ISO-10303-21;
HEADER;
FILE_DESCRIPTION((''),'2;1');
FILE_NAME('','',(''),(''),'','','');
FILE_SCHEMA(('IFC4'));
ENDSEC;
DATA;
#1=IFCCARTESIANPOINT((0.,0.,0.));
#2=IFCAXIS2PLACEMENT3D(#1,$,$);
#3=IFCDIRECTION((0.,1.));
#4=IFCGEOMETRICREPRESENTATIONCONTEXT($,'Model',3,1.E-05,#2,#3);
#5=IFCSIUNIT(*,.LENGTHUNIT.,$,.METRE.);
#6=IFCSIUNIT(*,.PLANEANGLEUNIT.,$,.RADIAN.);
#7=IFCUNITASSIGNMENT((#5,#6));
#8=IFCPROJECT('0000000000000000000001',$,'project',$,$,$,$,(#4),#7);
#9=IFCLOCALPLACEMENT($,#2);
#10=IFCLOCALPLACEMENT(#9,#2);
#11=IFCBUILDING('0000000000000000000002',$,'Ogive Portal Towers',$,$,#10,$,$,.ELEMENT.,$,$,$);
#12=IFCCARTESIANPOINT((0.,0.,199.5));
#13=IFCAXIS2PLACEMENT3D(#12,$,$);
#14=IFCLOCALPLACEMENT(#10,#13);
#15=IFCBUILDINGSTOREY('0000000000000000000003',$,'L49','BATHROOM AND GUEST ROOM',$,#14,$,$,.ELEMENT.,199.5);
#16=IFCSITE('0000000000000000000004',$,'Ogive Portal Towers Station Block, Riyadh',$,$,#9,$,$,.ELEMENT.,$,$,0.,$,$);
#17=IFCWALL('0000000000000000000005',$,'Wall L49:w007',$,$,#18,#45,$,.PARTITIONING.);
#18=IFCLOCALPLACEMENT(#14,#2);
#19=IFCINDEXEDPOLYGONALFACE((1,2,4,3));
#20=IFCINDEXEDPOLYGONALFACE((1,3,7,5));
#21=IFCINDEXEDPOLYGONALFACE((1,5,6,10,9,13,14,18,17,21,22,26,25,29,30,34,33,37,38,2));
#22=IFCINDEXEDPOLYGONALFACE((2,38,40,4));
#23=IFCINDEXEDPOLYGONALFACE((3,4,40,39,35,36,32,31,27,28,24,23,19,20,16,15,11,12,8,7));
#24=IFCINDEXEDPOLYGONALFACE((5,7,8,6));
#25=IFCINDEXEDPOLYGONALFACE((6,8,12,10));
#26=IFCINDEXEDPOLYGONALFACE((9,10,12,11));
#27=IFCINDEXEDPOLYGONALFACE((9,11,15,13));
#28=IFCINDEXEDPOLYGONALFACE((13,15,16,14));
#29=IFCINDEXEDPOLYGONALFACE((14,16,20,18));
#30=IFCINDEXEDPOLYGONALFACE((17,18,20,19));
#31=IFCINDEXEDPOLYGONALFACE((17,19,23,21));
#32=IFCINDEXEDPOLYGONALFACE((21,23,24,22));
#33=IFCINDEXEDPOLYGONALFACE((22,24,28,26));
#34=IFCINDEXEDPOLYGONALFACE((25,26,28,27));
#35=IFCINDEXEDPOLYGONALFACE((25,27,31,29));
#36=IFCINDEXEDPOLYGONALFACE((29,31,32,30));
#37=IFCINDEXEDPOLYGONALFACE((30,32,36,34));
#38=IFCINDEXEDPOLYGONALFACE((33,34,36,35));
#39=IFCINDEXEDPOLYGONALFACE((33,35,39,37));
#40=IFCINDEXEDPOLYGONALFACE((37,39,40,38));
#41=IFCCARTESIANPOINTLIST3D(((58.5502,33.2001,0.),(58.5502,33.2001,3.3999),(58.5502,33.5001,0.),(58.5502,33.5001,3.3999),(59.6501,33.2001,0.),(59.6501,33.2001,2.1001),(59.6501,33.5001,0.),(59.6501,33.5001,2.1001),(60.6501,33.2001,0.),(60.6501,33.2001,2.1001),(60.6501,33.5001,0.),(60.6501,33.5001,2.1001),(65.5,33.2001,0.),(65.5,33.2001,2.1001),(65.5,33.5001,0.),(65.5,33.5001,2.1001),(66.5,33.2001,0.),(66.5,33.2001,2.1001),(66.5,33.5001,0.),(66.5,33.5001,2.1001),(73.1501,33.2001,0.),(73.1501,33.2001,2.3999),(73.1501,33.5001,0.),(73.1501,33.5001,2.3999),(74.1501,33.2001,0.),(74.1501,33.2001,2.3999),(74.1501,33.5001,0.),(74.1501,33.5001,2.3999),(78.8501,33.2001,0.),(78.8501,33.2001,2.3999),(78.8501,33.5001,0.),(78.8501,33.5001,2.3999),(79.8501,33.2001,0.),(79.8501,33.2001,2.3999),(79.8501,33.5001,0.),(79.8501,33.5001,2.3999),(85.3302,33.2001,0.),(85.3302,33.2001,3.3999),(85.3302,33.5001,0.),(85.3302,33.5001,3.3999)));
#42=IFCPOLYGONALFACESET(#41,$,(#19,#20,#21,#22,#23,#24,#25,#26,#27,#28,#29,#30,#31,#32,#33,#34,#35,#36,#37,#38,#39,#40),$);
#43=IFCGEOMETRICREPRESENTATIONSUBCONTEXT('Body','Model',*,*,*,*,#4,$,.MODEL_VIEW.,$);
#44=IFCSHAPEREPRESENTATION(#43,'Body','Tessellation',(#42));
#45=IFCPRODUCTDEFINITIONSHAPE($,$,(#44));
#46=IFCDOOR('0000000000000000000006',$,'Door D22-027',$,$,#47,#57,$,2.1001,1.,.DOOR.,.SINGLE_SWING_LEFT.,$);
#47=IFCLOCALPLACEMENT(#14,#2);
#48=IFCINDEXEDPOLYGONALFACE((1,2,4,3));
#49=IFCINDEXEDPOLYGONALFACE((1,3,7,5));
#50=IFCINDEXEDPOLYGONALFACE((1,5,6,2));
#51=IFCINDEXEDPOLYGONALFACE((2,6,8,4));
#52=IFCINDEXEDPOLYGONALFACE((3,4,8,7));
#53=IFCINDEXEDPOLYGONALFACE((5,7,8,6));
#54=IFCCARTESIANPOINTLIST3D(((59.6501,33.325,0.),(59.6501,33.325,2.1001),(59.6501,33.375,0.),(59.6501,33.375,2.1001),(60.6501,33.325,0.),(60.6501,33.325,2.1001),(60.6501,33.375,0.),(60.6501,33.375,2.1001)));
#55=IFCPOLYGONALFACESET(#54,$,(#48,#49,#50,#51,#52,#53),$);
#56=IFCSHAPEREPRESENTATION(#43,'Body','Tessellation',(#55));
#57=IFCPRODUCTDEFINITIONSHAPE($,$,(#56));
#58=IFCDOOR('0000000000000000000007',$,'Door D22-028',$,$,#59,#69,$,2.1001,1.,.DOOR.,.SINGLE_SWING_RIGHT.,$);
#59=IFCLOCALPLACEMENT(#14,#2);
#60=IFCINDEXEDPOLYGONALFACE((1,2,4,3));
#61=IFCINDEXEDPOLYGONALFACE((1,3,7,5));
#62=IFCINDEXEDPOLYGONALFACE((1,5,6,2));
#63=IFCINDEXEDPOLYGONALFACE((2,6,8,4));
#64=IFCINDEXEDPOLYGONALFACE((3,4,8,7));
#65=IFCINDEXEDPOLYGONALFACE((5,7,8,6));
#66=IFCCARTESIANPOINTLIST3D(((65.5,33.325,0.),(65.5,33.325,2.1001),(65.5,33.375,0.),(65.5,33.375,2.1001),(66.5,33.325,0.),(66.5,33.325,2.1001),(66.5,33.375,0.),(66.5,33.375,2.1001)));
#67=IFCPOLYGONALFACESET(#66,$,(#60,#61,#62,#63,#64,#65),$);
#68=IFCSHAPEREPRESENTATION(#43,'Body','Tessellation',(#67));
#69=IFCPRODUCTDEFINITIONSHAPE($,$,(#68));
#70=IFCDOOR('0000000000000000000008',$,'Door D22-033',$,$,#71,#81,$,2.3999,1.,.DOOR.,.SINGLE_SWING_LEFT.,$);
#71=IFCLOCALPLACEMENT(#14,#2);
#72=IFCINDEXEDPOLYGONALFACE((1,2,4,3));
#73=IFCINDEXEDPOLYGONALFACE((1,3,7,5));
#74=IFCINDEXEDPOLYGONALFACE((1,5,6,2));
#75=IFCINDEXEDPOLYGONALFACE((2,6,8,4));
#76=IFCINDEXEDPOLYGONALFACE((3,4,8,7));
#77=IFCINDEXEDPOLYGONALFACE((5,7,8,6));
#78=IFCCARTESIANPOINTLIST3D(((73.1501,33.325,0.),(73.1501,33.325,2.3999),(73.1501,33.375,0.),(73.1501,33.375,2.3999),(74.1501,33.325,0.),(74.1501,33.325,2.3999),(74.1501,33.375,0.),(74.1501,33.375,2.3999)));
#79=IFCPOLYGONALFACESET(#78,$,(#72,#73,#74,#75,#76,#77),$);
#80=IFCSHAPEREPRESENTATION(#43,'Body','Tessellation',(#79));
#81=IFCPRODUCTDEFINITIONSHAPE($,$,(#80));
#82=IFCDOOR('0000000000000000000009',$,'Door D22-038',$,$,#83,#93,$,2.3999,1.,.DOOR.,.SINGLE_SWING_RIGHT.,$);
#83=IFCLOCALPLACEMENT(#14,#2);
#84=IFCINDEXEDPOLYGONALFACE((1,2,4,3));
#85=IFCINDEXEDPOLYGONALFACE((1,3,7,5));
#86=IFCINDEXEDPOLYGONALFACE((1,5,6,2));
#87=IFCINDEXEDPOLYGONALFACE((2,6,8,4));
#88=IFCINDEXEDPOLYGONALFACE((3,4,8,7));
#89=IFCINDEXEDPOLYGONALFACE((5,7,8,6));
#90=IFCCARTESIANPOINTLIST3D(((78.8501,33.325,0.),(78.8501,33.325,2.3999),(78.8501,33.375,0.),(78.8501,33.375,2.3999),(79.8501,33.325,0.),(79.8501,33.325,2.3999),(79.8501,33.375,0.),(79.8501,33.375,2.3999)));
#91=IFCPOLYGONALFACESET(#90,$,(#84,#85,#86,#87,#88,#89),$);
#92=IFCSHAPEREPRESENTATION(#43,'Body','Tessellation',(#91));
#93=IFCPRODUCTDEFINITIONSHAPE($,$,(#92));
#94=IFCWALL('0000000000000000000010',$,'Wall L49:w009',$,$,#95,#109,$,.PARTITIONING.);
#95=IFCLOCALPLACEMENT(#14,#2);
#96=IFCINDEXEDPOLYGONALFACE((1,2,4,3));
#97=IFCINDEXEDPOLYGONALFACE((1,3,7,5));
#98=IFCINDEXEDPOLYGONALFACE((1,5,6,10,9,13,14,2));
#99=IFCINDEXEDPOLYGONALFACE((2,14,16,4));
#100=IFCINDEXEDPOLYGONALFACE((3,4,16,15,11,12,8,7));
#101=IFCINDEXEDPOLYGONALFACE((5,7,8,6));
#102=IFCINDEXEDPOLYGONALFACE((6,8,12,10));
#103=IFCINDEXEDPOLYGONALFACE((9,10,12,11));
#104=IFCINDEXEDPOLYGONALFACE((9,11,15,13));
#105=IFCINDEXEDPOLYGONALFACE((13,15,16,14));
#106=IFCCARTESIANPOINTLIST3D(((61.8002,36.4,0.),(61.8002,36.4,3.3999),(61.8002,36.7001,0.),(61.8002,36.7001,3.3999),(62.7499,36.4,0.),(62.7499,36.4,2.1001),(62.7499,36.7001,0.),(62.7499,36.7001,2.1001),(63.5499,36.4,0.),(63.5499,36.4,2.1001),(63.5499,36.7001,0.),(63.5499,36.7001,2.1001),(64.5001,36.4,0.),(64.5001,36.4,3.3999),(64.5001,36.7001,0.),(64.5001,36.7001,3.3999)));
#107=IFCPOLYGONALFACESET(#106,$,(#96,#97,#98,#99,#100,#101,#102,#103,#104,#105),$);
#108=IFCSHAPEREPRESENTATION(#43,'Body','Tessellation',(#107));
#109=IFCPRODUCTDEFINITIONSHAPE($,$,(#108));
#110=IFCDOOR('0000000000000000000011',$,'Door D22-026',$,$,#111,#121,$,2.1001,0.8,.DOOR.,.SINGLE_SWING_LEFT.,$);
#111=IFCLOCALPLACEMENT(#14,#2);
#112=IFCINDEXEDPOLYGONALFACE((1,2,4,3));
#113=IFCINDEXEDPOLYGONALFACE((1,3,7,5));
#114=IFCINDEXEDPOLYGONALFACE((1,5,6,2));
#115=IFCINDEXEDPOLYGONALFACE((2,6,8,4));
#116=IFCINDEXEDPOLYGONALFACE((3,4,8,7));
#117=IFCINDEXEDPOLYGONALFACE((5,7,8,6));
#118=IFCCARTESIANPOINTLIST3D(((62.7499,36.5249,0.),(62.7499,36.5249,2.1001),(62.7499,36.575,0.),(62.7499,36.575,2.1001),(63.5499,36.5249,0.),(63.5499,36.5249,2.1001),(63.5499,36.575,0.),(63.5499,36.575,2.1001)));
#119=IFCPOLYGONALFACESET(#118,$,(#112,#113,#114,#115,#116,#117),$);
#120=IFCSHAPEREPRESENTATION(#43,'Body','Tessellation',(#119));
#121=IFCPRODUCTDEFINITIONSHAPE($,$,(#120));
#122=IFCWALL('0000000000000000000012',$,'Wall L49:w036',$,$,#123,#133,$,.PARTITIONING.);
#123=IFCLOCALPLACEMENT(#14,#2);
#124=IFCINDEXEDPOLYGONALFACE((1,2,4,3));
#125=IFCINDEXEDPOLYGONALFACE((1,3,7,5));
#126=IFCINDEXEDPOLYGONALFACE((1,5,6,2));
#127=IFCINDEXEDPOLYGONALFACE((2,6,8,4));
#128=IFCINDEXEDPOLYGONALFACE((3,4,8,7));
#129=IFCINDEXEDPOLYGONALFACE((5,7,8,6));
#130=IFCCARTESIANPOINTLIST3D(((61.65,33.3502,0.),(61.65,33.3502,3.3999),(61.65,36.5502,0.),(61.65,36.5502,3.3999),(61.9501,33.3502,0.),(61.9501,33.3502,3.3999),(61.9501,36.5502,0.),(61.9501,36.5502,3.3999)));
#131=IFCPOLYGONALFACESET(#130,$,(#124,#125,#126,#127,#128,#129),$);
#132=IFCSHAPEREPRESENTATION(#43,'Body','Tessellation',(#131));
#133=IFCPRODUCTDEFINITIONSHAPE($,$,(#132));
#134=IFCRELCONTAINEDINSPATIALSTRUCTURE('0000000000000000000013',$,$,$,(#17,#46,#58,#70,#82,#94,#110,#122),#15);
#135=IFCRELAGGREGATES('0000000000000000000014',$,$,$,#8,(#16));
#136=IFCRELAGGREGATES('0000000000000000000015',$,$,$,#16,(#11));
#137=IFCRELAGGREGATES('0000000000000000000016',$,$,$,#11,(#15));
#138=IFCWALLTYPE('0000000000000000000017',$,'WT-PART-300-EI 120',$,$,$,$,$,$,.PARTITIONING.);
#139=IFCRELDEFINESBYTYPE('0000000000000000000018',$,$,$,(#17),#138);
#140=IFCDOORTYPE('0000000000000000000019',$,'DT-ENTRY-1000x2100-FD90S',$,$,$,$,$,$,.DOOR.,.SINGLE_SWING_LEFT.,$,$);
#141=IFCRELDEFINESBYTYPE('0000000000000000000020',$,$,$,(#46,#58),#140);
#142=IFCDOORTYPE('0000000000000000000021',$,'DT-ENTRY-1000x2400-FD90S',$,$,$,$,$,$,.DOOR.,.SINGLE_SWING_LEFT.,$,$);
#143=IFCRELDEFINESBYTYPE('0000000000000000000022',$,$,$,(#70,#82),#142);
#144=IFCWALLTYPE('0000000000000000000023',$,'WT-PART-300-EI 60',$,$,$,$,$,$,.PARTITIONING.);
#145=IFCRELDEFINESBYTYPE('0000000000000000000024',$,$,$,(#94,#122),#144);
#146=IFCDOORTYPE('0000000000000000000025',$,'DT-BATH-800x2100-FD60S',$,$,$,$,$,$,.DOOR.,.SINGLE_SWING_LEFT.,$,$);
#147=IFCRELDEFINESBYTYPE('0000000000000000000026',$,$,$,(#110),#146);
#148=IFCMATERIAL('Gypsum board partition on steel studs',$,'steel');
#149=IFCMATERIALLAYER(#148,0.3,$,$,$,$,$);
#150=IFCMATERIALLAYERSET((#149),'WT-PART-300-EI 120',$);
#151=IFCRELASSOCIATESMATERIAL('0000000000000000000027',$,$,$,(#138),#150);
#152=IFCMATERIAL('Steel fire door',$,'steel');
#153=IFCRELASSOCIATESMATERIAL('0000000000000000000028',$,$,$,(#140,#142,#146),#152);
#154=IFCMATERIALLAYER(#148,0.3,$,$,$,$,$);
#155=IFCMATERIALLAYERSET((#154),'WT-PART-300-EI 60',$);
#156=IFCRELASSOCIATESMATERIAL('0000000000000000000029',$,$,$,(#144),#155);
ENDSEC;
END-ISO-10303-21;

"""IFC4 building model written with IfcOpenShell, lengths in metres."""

from ifc_helpers import new_model, si_unit, direction, frame, frame_2d, origin, place, context, subcontext, project, spatial, rectangle, extrude, material, layer, layer_set, type_object, element, fill, save


model = new_model("IFC4")

# Units and contexts
model_context = context("Model", 3, precision=1e-05, world=origin(), true_north=direction((0.0, 1.0)))
body_context = subcontext(model_context, "Body", "Model", "MODEL_VIEW")
ifc_project = project(units=[si_unit("LENGTHUNIT", "METRE"), si_unit("PLANEANGLEUNIT", "RADIAN")], contexts=[model_context])

# Site, building, storey
site_placement = place(None, origin())
site = spatial("IfcSite", under=ifc_project, at=site_placement, Name="Ogive Portal Towers Station Block, Riyadh", CompositionType="ELEMENT", RefElevation=0.0)
building_placement = place(site_placement, origin())
building = spatial("IfcBuilding", under=site, at=building_placement, Name="Ogive Portal Towers", CompositionType="ELEMENT")
storey_placement = place(building_placement, frame((0.0, 0.0, 199.5)))
storey = spatial("IfcBuildingStorey", under=building, at=storey_placement, Name="L49", Description="BATHROOM AND GUEST ROOM", CompositionType="ELEMENT", Elevation=199.5)

# Wall, openings, doors
ifc_material_1 = material(Name="Gypsum board partition on steel studs", Category="steel")
ifc_layer_1 = layer(ifc_material_1, 0.3)
ifc_layer_set_1 = layer_set([ifc_layer_1], Name="WT-PART-300-EI 120")
wall_type_1 = type_object("IfcWallType", Name="WT-PART-300-EI 120", PredefinedType="PARTITIONING", material=ifc_layer_set_1)
wall_1_placement = place(storey_placement, frame((58.55, 33.3501, 0.0), z_axis=(0.0, 0.0, 1.0), x_axis=(1.0, 0.0, 0.0)))
wall_1 = element("IfcWall", 1, at=wall_1_placement, inside=storey, type_object=wall_type_1, Name="Wall L49:w007", PredefinedType="PARTITIONING", context=body_context, shape_type="SweptSolid", body=[
    extrude(rectangle(XDim=26.78, YDim=0.3, at=frame_2d((13.3901, 0.0))), origin(), (0.0, 0.0, 1.0), 3.3999),
])
opening_1_placement = place(wall_1_placement, frame((1.1001, 0.0, 0.0)))
opening_1 = element("IfcOpeningElement", 2, at=opening_1_placement, cuts=wall_1, PredefinedType="OPENING", context=body_context, shape_type="SweptSolid", body=[
    extrude(rectangle(XDim=1.0, YDim=2.1001, at=frame_2d((0.5, 1.05))), frame((0.0, 0.1602, 0.0), z_axis=(0.0, -1.0, 0.0), x_axis=(1.0, 0.0, 0.0)), (0.0, 0.0, 1.0), 0.3201),
])
opening_2_placement = place(wall_1_placement, frame((6.95, 0.0, 0.0)))
opening_2 = element("IfcOpeningElement", 3, at=opening_2_placement, cuts=wall_1, PredefinedType="OPENING", context=body_context, shape_type="SweptSolid", body=[
    extrude(rectangle(XDim=1.0, YDim=2.1001, at=frame_2d((0.5, 1.05))), frame((0.0, 0.1602, 0.0), z_axis=(0.0, -1.0, 0.0), x_axis=(1.0, 0.0, 0.0)), (0.0, 0.0, 1.0), 0.3201),
])
opening_3_placement = place(wall_1_placement, frame((14.6001, 0.0, 0.0)))
opening_3 = element("IfcOpeningElement", 4, at=opening_3_placement, cuts=wall_1, PredefinedType="OPENING", context=body_context, shape_type="SweptSolid", body=[
    extrude(rectangle(XDim=1.0, YDim=2.3999, at=frame_2d((0.5, 1.2))), frame((0.0, 0.1602, 0.0), z_axis=(0.0, -1.0, 0.0), x_axis=(1.0, 0.0, 0.0)), (0.0, 0.0, 1.0), 0.3201),
])
opening_4_placement = place(wall_1_placement, frame((20.3, 0.0, 0.0)))
opening_4 = element("IfcOpeningElement", 5, at=opening_4_placement, cuts=wall_1, PredefinedType="OPENING", context=body_context, shape_type="SweptSolid", body=[
    extrude(rectangle(XDim=1.0, YDim=2.3999, at=frame_2d((0.5, 1.2))), frame((0.0, 0.1602, 0.0), z_axis=(0.0, -1.0, 0.0), x_axis=(1.0, 0.0, 0.0)), (0.0, 0.0, 1.0), 0.3201),
])
ifc_material_2 = material(Name="Steel fire door", Category="steel")
door_type_1 = type_object("IfcDoorType", Name="DT-ENTRY-1000x2100-FD90S", OperationType="SINGLE_SWING_LEFT", PredefinedType="DOOR", material=ifc_material_2)
door_1_placement = place(opening_1_placement, origin())
door_1 = element("IfcDoor", 6, at=door_1_placement, inside=storey, type_object=door_type_1, Name="Door D22-027", OperationType="SINGLE_SWING_LEFT", OverallHeight=2.1001, OverallWidth=1.0, PredefinedType="DOOR", context=body_context, shape_type="SweptSolid", body=[
    extrude(rectangle(XDim=1.0, YDim=2.1001, at=frame_2d((0.5, 1.05))), frame((0.0, 0.0249, 0.0), z_axis=(0.0, -1.0, 0.0), x_axis=(1.0, 0.0, 0.0)), (0.0, 0.0, 1.0), 0.05),
])
fill(opening_1, door_1)
door_2_placement = place(opening_2_placement, origin())
door_2 = element("IfcDoor", 7, at=door_2_placement, inside=storey, type_object=door_type_1, Name="Door D22-028", OperationType="SINGLE_SWING_RIGHT", OverallHeight=2.1001, OverallWidth=1.0, PredefinedType="DOOR", context=body_context, shape_type="SweptSolid", body=[
    extrude(rectangle(XDim=1.0, YDim=2.1001, at=frame_2d((0.5, 1.05))), frame((0.0, 0.0249, 0.0), z_axis=(0.0, -1.0, 0.0), x_axis=(1.0, 0.0, 0.0)), (0.0, 0.0, 1.0), 0.05),
])
fill(opening_2, door_2)
door_type_2 = type_object("IfcDoorType", Name="DT-ENTRY-1000x2400-FD90S", OperationType="SINGLE_SWING_LEFT", PredefinedType="DOOR", material=ifc_material_2)
door_3_placement = place(opening_3_placement, origin())
door_3 = element("IfcDoor", 8, at=door_3_placement, inside=storey, type_object=door_type_2, Name="Door D22-033", OperationType="SINGLE_SWING_LEFT", OverallHeight=2.3999, OverallWidth=1.0, PredefinedType="DOOR", context=body_context, shape_type="SweptSolid", body=[
    extrude(rectangle(XDim=1.0, YDim=2.3999, at=frame_2d((0.5, 1.2))), frame((0.0, 0.0249, 0.0), z_axis=(0.0, -1.0, 0.0), x_axis=(1.0, 0.0, 0.0)), (0.0, 0.0, 1.0), 0.05),
])
fill(opening_3, door_3)
door_4_placement = place(opening_4_placement, origin())
door_4 = element("IfcDoor", 9, at=door_4_placement, inside=storey, type_object=door_type_2, Name="Door D22-038", OperationType="SINGLE_SWING_RIGHT", OverallHeight=2.3999, OverallWidth=1.0, PredefinedType="DOOR", context=body_context, shape_type="SweptSolid", body=[
    extrude(rectangle(XDim=1.0, YDim=2.3999, at=frame_2d((0.5, 1.2))), frame((0.0, 0.0249, 0.0), z_axis=(0.0, -1.0, 0.0), x_axis=(1.0, 0.0, 0.0)), (0.0, 0.0, 1.0), 0.05),
])
fill(opening_4, door_4)

# Wall, opening, door
ifc_layer_2 = layer(ifc_material_1, 0.3)
ifc_layer_set_2 = layer_set([ifc_layer_2], Name="WT-PART-300-EI 60")
wall_type_2 = type_object("IfcWallType", Name="WT-PART-300-EI 60", PredefinedType="PARTITIONING", material=ifc_layer_set_2)
wall_2_placement = place(storey_placement, frame((61.8, 36.55, 0.0), z_axis=(0.0, 0.0, 1.0), x_axis=(1.0, 0.0, 0.0)))
wall_2 = element("IfcWall", 10, at=wall_2_placement, inside=storey, type_object=wall_type_2, Name="Wall L49:w009", PredefinedType="PARTITIONING", context=body_context, shape_type="SweptSolid", body=[
    extrude(rectangle(XDim=2.7, YDim=0.3, at=frame_2d((1.3501, 0.0))), origin(), (0.0, 0.0, 1.0), 3.3999),
])
opening_5_placement = place(wall_2_placement, frame((0.95, 0.0, 0.0)))
opening_5 = element("IfcOpeningElement", 11, at=opening_5_placement, cuts=wall_2, PredefinedType="OPENING", context=body_context, shape_type="SweptSolid", body=[
    extrude(rectangle(XDim=0.8, YDim=2.1001, at=frame_2d((0.3999, 1.05))), frame((0.0, 0.1602, 0.0), z_axis=(0.0, -1.0, 0.0), x_axis=(1.0, 0.0, 0.0)), (0.0, 0.0, 1.0), 0.3201),
])
door_type_3 = type_object("IfcDoorType", Name="DT-BATH-800x2100-FD60S", OperationType="SINGLE_SWING_LEFT", PredefinedType="DOOR", material=ifc_material_2)
door_5_placement = place(opening_5_placement, origin())
door_5 = element("IfcDoor", 12, at=door_5_placement, inside=storey, type_object=door_type_3, Name="Door D22-026", OperationType="SINGLE_SWING_LEFT", OverallHeight=2.1001, OverallWidth=0.8, PredefinedType="DOOR", context=body_context, shape_type="SweptSolid", body=[
    extrude(rectangle(XDim=0.8, YDim=2.1001, at=frame_2d((0.3999, 1.05))), frame((0.0, 0.0249, 0.0), z_axis=(0.0, -1.0, 0.0), x_axis=(1.0, 0.0, 0.0)), (0.0, 0.0, 1.0), 0.05),
])
fill(opening_5, door_5)

# Wall
wall_3_placement = place(storey_placement, frame((61.8, 33.3501, 0.0), z_axis=(0.0, 0.0, 1.0), x_axis=(0.0, 1.0, 0.0)))
element("IfcWall", 13, at=wall_3_placement, inside=storey, type_object=wall_type_2, Name="Wall L49:w036", PredefinedType="PARTITIONING", context=body_context, shape_type="SweptSolid", body=[
    extrude(rectangle(XDim=3.2, YDim=0.3, at=frame_2d((1.6001, 0.0))), origin(), (0.0, 0.0, 1.0), 3.3999),
])

save(model, "model.ifc")
